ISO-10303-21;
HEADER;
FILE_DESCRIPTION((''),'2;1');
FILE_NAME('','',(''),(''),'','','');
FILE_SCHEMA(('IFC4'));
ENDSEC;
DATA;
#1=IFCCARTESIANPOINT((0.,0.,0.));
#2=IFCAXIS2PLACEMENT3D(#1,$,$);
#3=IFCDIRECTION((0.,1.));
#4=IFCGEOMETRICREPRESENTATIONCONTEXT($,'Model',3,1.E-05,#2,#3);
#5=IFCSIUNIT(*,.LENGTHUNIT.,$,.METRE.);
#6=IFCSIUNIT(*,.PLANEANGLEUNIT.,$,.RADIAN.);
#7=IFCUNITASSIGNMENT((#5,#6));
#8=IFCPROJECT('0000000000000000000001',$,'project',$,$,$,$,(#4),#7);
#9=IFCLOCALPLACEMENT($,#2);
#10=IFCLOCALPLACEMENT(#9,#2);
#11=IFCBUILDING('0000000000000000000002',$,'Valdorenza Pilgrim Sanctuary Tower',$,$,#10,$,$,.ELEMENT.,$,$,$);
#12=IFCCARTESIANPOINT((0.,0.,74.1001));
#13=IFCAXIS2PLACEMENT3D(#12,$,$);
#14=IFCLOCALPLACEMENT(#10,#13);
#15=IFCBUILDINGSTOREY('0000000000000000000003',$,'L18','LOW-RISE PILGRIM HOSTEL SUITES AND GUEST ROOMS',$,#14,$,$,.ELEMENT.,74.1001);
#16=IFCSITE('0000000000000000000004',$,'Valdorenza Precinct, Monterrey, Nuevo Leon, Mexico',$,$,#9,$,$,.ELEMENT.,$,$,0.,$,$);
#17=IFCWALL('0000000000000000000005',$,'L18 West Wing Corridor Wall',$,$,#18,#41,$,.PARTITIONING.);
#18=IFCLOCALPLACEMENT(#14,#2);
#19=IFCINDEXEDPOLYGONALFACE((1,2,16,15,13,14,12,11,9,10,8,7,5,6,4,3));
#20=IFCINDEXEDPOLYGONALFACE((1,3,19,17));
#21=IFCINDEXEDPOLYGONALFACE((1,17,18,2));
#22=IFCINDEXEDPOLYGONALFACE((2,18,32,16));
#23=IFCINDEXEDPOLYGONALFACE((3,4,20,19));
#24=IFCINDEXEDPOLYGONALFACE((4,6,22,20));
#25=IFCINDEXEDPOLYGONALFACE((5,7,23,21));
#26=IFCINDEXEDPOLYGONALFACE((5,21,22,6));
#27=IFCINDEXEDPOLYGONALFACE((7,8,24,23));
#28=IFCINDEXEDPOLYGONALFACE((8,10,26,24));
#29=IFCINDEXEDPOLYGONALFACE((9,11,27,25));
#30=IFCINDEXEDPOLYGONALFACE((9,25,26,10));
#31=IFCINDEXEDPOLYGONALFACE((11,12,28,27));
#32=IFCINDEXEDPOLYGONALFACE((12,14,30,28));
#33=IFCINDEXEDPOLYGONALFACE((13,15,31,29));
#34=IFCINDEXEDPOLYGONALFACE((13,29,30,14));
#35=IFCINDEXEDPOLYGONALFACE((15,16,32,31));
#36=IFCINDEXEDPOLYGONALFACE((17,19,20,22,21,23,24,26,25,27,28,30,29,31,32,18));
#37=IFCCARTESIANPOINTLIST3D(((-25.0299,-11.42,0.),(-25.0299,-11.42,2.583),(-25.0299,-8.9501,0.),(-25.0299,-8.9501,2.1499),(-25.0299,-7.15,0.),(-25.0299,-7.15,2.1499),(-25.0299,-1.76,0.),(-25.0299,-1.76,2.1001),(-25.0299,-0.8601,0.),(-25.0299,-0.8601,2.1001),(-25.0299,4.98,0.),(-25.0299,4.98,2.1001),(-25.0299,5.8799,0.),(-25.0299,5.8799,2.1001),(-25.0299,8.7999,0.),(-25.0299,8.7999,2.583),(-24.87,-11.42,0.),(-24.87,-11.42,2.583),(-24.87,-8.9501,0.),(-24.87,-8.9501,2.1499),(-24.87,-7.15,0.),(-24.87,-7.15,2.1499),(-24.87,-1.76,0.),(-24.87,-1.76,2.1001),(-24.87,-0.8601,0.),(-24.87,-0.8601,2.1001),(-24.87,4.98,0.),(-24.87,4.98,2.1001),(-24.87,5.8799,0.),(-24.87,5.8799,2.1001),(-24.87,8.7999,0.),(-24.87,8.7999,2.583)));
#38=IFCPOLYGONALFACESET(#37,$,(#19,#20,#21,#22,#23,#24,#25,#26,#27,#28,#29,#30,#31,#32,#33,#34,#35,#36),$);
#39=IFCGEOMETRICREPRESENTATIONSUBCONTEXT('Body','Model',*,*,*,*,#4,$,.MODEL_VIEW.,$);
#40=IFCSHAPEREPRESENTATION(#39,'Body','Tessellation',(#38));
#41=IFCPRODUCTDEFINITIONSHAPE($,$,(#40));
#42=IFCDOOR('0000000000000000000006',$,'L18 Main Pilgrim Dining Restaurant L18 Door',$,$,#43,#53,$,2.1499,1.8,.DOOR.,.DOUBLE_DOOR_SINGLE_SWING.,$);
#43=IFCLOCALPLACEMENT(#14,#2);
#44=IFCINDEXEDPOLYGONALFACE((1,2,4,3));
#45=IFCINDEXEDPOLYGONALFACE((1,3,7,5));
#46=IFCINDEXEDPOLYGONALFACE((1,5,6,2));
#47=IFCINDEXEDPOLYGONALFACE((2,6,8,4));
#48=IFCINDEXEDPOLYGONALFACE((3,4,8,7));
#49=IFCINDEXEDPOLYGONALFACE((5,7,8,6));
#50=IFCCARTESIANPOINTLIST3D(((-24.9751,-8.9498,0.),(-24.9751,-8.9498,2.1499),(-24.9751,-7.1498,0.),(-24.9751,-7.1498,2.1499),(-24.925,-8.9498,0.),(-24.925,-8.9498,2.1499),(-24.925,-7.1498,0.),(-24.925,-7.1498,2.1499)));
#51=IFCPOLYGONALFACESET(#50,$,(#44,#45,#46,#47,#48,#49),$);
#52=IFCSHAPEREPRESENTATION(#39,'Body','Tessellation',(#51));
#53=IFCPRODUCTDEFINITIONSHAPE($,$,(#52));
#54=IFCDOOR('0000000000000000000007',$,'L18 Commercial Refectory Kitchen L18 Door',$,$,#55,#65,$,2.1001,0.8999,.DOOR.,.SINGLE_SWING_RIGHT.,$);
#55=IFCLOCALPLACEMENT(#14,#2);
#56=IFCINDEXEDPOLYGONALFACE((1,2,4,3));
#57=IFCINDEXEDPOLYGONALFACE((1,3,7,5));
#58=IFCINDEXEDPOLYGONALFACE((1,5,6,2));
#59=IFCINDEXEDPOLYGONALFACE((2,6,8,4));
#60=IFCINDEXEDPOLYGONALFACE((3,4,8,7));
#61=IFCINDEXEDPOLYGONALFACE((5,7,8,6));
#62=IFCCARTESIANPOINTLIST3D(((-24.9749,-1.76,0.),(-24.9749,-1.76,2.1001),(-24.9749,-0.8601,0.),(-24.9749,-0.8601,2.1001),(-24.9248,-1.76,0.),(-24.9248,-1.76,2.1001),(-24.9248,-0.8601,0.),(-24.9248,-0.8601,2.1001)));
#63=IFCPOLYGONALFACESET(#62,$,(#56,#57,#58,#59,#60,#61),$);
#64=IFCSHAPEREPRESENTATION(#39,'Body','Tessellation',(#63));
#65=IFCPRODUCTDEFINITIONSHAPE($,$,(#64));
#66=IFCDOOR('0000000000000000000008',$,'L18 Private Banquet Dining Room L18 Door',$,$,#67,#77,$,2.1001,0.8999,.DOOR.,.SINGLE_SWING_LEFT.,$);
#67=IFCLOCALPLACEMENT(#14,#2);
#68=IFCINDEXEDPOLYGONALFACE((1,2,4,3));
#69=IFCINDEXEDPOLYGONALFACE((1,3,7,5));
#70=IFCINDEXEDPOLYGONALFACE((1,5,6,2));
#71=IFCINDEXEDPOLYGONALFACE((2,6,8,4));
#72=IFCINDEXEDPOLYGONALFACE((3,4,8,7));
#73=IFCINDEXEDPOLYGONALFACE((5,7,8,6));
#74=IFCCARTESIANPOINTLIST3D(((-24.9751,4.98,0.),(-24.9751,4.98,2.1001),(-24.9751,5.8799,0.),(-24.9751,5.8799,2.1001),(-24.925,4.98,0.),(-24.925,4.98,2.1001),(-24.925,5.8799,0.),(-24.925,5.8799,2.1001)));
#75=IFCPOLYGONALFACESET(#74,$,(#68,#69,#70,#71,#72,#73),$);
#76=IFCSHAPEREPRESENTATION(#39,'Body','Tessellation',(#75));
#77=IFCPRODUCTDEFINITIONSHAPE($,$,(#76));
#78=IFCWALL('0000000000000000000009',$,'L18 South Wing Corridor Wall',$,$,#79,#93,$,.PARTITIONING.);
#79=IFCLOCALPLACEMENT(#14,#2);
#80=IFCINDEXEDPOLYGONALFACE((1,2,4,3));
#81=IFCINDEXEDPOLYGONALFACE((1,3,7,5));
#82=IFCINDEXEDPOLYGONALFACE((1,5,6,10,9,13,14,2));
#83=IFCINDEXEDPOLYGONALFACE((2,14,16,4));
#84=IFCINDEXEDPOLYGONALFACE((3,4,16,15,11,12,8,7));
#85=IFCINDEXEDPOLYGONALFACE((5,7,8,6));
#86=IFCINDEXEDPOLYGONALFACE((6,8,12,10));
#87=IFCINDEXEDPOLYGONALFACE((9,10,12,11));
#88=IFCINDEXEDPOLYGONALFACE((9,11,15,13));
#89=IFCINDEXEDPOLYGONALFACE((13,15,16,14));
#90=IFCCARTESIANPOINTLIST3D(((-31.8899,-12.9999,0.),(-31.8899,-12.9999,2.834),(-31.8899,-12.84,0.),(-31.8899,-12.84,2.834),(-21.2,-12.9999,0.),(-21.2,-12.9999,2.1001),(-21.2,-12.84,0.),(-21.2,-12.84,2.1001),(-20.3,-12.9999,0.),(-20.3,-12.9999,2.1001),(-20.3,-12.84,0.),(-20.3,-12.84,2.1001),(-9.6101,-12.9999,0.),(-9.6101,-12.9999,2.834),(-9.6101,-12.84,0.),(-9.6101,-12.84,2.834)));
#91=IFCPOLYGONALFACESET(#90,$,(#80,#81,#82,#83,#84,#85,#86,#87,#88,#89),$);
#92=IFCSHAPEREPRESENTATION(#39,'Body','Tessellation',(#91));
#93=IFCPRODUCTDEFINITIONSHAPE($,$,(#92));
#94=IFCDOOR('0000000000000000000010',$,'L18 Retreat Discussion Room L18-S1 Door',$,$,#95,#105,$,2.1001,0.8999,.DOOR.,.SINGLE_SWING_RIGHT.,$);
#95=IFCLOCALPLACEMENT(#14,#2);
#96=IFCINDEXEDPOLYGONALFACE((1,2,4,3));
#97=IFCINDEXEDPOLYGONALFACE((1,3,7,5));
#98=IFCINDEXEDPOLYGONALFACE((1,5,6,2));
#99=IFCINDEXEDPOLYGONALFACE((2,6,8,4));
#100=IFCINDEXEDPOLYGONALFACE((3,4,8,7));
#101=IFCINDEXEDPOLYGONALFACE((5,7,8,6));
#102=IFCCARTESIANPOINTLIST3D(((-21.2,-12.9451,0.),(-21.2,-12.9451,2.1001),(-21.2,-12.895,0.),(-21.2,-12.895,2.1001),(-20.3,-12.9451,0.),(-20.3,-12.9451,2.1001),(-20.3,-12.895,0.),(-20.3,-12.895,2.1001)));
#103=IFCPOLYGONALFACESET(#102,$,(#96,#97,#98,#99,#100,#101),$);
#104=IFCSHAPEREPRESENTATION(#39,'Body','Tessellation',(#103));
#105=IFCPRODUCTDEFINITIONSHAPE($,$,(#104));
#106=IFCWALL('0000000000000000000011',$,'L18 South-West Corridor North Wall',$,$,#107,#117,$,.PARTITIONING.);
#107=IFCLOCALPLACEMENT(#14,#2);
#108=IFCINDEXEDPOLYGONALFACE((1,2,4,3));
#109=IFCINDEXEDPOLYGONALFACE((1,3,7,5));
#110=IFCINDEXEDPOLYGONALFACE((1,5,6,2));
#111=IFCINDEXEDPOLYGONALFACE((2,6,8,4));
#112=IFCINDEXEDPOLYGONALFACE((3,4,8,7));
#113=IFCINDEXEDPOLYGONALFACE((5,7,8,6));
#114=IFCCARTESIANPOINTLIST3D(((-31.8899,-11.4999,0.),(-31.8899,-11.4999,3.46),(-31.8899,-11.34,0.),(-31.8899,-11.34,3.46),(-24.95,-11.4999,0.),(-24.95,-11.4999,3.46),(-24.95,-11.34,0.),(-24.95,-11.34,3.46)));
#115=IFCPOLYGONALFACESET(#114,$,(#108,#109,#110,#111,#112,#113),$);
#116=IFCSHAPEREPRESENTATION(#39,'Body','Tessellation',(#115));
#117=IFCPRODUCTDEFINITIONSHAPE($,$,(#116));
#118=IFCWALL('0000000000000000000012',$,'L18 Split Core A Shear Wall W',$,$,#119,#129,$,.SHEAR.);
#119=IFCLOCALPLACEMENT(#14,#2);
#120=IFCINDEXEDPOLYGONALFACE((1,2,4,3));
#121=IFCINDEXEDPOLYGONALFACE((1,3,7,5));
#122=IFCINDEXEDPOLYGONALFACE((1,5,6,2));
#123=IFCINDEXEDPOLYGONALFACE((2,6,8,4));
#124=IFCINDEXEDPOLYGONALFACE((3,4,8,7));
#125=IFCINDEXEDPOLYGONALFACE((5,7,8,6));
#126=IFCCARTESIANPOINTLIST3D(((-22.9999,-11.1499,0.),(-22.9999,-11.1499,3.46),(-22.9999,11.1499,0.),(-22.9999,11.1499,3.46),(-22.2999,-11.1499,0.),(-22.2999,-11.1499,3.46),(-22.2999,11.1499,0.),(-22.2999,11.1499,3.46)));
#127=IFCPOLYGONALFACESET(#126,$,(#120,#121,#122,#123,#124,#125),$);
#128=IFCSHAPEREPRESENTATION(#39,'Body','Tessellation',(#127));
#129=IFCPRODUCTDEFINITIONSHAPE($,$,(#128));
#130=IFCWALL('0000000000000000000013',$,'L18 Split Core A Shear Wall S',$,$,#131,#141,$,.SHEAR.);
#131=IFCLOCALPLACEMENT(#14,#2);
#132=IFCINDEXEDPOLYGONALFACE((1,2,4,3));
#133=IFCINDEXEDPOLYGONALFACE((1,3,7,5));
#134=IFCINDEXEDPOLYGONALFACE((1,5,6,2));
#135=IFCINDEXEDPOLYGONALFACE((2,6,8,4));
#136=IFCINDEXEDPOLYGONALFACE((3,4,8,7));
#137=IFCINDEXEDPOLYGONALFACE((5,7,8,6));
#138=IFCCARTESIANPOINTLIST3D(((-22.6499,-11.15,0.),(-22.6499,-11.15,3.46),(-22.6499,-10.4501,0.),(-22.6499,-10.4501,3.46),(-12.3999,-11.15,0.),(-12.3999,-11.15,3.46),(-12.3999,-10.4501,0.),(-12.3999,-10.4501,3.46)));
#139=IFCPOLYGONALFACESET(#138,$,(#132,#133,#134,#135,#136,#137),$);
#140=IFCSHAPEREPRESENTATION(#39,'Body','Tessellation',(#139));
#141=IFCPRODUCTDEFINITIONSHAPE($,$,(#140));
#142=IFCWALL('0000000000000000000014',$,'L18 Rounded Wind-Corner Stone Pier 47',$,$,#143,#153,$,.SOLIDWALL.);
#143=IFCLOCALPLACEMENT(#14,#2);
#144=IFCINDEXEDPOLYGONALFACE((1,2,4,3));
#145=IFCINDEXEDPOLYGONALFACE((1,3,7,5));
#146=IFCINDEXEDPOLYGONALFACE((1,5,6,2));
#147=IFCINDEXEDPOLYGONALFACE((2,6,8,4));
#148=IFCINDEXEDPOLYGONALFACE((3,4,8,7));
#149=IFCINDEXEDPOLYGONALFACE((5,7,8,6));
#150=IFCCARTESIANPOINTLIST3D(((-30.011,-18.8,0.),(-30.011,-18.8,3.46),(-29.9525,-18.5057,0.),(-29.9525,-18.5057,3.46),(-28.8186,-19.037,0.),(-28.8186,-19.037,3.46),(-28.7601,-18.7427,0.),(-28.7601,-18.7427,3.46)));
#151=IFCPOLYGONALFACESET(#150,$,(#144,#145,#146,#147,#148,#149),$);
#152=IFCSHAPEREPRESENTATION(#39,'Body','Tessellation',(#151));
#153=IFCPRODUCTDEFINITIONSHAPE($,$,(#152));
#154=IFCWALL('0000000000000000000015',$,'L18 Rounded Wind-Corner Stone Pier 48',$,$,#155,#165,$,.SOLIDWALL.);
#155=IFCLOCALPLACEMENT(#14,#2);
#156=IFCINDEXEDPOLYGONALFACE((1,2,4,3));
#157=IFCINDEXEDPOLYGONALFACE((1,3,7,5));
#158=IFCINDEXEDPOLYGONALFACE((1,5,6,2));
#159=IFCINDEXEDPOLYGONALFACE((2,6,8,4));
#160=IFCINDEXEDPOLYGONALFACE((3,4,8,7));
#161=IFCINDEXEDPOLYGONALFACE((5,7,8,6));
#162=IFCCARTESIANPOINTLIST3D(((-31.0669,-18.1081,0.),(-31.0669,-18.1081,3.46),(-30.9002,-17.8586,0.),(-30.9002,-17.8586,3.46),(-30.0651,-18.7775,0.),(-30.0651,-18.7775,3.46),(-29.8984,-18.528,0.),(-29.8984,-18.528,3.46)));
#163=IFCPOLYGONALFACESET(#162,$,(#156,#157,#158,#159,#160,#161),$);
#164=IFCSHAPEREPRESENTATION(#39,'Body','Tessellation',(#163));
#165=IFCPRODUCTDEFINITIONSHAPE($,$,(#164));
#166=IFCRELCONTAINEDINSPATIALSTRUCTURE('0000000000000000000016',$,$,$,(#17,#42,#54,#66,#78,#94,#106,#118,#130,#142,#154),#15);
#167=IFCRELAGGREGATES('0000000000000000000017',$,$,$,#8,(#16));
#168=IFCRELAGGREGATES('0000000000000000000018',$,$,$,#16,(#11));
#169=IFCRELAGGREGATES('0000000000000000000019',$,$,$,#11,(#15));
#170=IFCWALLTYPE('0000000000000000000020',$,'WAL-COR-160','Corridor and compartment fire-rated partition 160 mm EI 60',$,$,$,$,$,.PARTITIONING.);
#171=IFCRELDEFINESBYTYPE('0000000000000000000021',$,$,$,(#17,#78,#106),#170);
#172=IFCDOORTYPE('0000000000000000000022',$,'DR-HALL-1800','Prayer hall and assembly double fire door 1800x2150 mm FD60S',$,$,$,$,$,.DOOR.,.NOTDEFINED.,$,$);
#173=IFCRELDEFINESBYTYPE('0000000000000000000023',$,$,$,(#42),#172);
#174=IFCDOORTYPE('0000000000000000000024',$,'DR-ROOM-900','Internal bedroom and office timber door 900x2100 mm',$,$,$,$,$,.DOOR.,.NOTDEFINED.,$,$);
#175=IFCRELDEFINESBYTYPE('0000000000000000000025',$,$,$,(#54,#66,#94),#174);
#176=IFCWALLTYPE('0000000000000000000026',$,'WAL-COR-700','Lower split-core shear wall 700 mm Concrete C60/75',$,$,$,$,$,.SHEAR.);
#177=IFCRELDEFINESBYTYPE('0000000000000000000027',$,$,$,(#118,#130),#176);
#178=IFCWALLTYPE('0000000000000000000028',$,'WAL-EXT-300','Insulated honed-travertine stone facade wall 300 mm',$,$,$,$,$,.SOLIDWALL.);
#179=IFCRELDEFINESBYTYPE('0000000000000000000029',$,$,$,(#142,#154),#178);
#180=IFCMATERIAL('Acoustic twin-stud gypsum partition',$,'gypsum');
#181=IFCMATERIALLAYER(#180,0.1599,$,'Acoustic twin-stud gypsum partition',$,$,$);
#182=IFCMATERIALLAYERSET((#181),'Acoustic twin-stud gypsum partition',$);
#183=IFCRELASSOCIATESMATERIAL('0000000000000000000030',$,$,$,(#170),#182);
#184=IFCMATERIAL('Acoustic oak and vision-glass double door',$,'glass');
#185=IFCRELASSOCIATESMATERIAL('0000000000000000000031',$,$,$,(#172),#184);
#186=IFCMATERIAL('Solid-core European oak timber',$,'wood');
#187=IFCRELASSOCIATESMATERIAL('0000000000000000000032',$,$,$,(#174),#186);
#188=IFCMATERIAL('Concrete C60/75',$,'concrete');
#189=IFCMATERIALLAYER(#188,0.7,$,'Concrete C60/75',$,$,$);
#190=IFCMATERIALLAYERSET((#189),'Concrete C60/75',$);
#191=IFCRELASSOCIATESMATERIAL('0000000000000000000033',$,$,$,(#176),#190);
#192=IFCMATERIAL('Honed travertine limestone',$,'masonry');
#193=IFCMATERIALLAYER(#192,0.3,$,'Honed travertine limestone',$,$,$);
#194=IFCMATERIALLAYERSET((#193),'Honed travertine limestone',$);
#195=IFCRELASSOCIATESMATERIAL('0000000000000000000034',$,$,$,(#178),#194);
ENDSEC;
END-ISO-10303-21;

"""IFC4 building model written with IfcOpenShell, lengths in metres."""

from ifc_helpers import new_model, si_unit, direction, frame, frame_2d, origin, place, context, subcontext, project, spatial, rectangle, extrude, material, layer, layer_set, type_object, element, fill, save


model = new_model("IFC4")

# Units and contexts
model_context = context("Model", 3, precision=1e-05, world=origin(), true_north=direction((0.0, 1.0)))
body_context = subcontext(model_context, "Body", "Model", "MODEL_VIEW")
ifc_project = project(units=[si_unit("LENGTHUNIT", "METRE"), si_unit("PLANEANGLEUNIT", "RADIAN")], contexts=[model_context])

# Site, building, storey
site_placement = place(None, origin())
site = spatial("IfcSite", under=ifc_project, at=site_placement, Name="Valdorenza Precinct, Monterrey, Nuevo Leon, Mexico", CompositionType="ELEMENT", RefElevation=0.0)
building_placement = place(site_placement, origin())
building = spatial("IfcBuilding", under=site, at=building_placement, Name="Valdorenza Pilgrim Sanctuary Tower", CompositionType="ELEMENT")
storey_placement = place(building_placement, frame((0.0, 0.0, 74.1001)))
storey = spatial("IfcBuildingStorey", under=building, at=storey_placement, Name="L18", Description="LOW-RISE PILGRIM HOSTEL SUITES AND GUEST ROOMS", CompositionType="ELEMENT", Elevation=74.1001)

# Shared definitions
ifc_material_1 = material(Name="Concrete C60/75", Category="concrete")

# Shared definitions
ifc_material_2 = material(Name="Honed travertine limestone", Category="masonry")

# Wall, openings, doors
ifc_material_3 = material(Name="Acoustic twin-stud gypsum partition", Category="gypsum")
ifc_layer_1 = layer(ifc_material_3, 0.1599, Name="Acoustic twin-stud gypsum partition")
ifc_layer_set_1 = layer_set([ifc_layer_1], Name="Acoustic twin-stud gypsum partition")
wall_type_1 = type_object("IfcWallType", Name="WAL-COR-160", Description="Corridor and compartment fire-rated partition 160 mm EI 60", PredefinedType="PARTITIONING", material=ifc_layer_set_1)
wall_1_placement = place(storey_placement, frame((-24.95, -11.4199, 0.0), z_axis=(0.0, 0.0, 1.0), x_axis=(0.0, 1.0, 0.0)))
wall_1 = element("IfcWall", 1, at=wall_1_placement, inside=storey, type_object=wall_type_1, Name="L18 West Wing Corridor Wall", PredefinedType="PARTITIONING", context=body_context, shape_type="SweptSolid", body=[
    extrude(rectangle(XDim=20.22, YDim=0.1599, at=frame_2d((10.1099, 0.0))), origin(), (0.0, 0.0, 1.0), 2.583),
])
opening_1_placement = place(wall_1_placement, frame((2.47, 0.0, 0.0)))
opening_1 = element("IfcOpeningElement", 2, at=opening_1_placement, cuts=wall_1, PredefinedType="OPENING", context=body_context, shape_type="SweptSolid", body=[
    extrude(rectangle(XDim=1.8, YDim=2.1499, at=frame_2d((0.8999, 1.075))), frame((0.0, 0.0947, 0.0), z_axis=(0.0, -1.0, 0.0), x_axis=(1.0, 0.0, 0.0)), (0.0, 0.0, 1.0), 0.1897),
])
opening_2_placement = place(wall_1_placement, frame((9.6599, 0.0, 0.0)))
opening_2 = element("IfcOpeningElement", 3, at=opening_2_placement, cuts=wall_1, PredefinedType="OPENING", context=body_context, shape_type="SweptSolid", body=[
    extrude(rectangle(XDim=0.8999, YDim=2.1001, at=frame_2d((0.45, 1.05))), frame((0.0, 0.0947, 0.0), z_axis=(0.0, -1.0, 0.0), x_axis=(1.0, 0.0, 0.0)), (0.0, 0.0, 1.0), 0.1897),
])
opening_3_placement = place(wall_1_placement, frame((16.3999, 0.0, 0.0)))
opening_3 = element("IfcOpeningElement", 4, at=opening_3_placement, cuts=wall_1, PredefinedType="OPENING", context=body_context, shape_type="SweptSolid", body=[
    extrude(rectangle(XDim=0.8999, YDim=2.1001, at=frame_2d((0.45, 1.05))), frame((0.0, 0.0947, 0.0), z_axis=(0.0, -1.0, 0.0), x_axis=(1.0, 0.0, 0.0)), (0.0, 0.0, 1.0), 0.1897),
])
ifc_material_4 = material(Name="Acoustic oak and vision-glass double door", Category="glass")
door_type_1 = type_object("IfcDoorType", Name="DR-HALL-1800", Description="Prayer hall and assembly double fire door 1800x2150 mm FD60S", OperationType="NOTDEFINED", PredefinedType="DOOR", material=ifc_material_4)
door_1_placement = place(opening_1_placement, frame((1.8, 0.0, 0.0), z_axis=(0.0, 0.0, 1.0), x_axis=(-1.0, 0.0, 0.0)))
door_1 = element("IfcDoor", 5, at=door_1_placement, inside=storey, type_object=door_type_1, Name="L18 Main Pilgrim Dining Restaurant L18 Door", OperationType="DOUBLE_DOOR_SINGLE_SWING", OverallHeight=2.1499, OverallWidth=1.8, PredefinedType="DOOR", context=body_context, shape_type="SweptSolid", body=[
    extrude(rectangle(XDim=1.8, YDim=2.1499, at=frame_2d((0.8999, 1.075))), frame((0.0, 0.0249, 0.0), z_axis=(0.0, -1.0, 0.0), x_axis=(1.0, 0.0, 0.0)), (0.0, 0.0, 1.0), 0.05),
])
fill(opening_1, door_1)
ifc_material_5 = material(Name="Solid-core European oak timber", Category="wood")
door_type_2 = type_object("IfcDoorType", Name="DR-ROOM-900", Description="Internal bedroom and office timber door 900x2100 mm", OperationType="NOTDEFINED", PredefinedType="DOOR", material=ifc_material_5)
door_2_placement = place(opening_2_placement, origin())
door_2 = element("IfcDoor", 6, at=door_2_placement, inside=storey, type_object=door_type_2, Name="L18 Commercial Refectory Kitchen L18 Door", OperationType="SINGLE_SWING_RIGHT", OverallHeight=2.1001, OverallWidth=0.8999, PredefinedType="DOOR", context=body_context, shape_type="SweptSolid", body=[
    extrude(rectangle(XDim=0.8999, YDim=2.1001, at=frame_2d((0.45, 1.05))), frame((0.0, 0.0249, 0.0), z_axis=(0.0, -1.0, 0.0), x_axis=(1.0, 0.0, 0.0)), (0.0, 0.0, 1.0), 0.05),
])
fill(opening_2, door_2)
door_3_placement = place(opening_3_placement, frame((0.8999, 0.0, 0.0), z_axis=(0.0, 0.0, 1.0), x_axis=(-1.0, 0.0, 0.0)))
door_3 = element("IfcDoor", 7, at=door_3_placement, inside=storey, type_object=door_type_2, Name="L18 Private Banquet Dining Room L18 Door", OperationType="SINGLE_SWING_LEFT", OverallHeight=2.1001, OverallWidth=0.8999, PredefinedType="DOOR", context=body_context, shape_type="SweptSolid", body=[
    extrude(rectangle(XDim=0.8999, YDim=2.1001, at=frame_2d((0.45, 1.05))), frame((0.0, 0.0249, 0.0), z_axis=(0.0, -1.0, 0.0), x_axis=(1.0, 0.0, 0.0)), (0.0, 0.0, 1.0), 0.05),
])
fill(opening_3, door_3)

# Wall, opening, door
wall_2_placement = place(storey_placement, frame((-31.8899, -12.9199, 0.0), z_axis=(0.0, 0.0, 1.0), x_axis=(1.0, 0.0, 0.0)))
wall_2 = element("IfcWall", 8, at=wall_2_placement, inside=storey, type_object=wall_type_1, Name="L18 South Wing Corridor Wall", PredefinedType="PARTITIONING", context=body_context, shape_type="SweptSolid", body=[
    extrude(rectangle(XDim=22.2798, YDim=0.1599, at=frame_2d((11.1399, 0.0))), origin(), (0.0, 0.0, 1.0), 2.834),
])
opening_4_placement = place(wall_2_placement, frame((10.6899, 0.0, 0.0)))
opening_4 = element("IfcOpeningElement", 9, at=opening_4_placement, cuts=wall_2, PredefinedType="OPENING", context=body_context, shape_type="SweptSolid", body=[
    extrude(rectangle(XDim=0.8999, YDim=2.1001, at=frame_2d((0.45, 1.05))), frame((0.0, 0.0947, 0.0), z_axis=(0.0, -1.0, 0.0), x_axis=(1.0, 0.0, 0.0)), (0.0, 0.0, 1.0), 0.1897),
])
door_4_placement = place(opening_4_placement, origin())
door_4 = element("IfcDoor", 10, at=door_4_placement, inside=storey, type_object=door_type_2, Name="L18 Retreat Discussion Room L18-S1 Door", OperationType="SINGLE_SWING_RIGHT", OverallHeight=2.1001, OverallWidth=0.8999, PredefinedType="DOOR", context=body_context, shape_type="SweptSolid", body=[
    extrude(rectangle(XDim=0.8999, YDim=2.1001, at=frame_2d((0.45, 1.05))), frame((0.0, 0.0249, 0.0), z_axis=(0.0, -1.0, 0.0), x_axis=(1.0, 0.0, 0.0)), (0.0, 0.0, 1.0), 0.05),
])
fill(opening_4, door_4)

# Walls
wall_3_placement = place(storey_placement, frame((-31.8899, -11.4199, 0.0), z_axis=(0.0, 0.0, 1.0), x_axis=(1.0, 0.0, 0.0)))
element("IfcWall", 11, at=wall_3_placement, inside=storey, type_object=wall_type_1, Name="L18 South-West Corridor North Wall", PredefinedType="PARTITIONING", context=body_context, shape_type="SweptSolid", body=[
    extrude(rectangle(XDim=6.9399, YDim=0.1599, at=frame_2d((3.47, 0.0))), origin(), (0.0, 0.0, 1.0), 3.46),
])
ifc_layer_2 = layer(ifc_material_1, 0.7, Name="Concrete C60/75")
ifc_layer_set_2 = layer_set([ifc_layer_2], Name="Concrete C60/75")
wall_type_2 = type_object("IfcWallType", Name="WAL-COR-700", Description="Lower split-core shear wall 700 mm Concrete C60/75", PredefinedType="SHEAR", material=ifc_layer_set_2)
wall_4_placement = place(storey_placement, frame((-22.6499, -11.1499, 0.0), z_axis=(0.0, 0.0, 1.0), x_axis=(0.0, 1.0, 0.0)))
element("IfcWall", 12, at=wall_4_placement, inside=storey, type_object=wall_type_2, Name="L18 Split Core A Shear Wall W", PredefinedType="SHEAR", context=body_context, shape_type="SweptSolid", body=[
    extrude(rectangle(XDim=22.2998, YDim=0.7, at=frame_2d((11.1499, 0.0))), origin(), (0.0, 0.0, 1.0), 3.46),
])
wall_5_placement = place(storey_placement, frame((-22.6499, -10.8, 0.0), z_axis=(0.0, 0.0, 1.0), x_axis=(1.0, 0.0, 0.0)))
element("IfcWall", 13, at=wall_5_placement, inside=storey, type_object=wall_type_2, Name="L18 Split Core A Shear Wall S", PredefinedType="SHEAR", context=body_context, shape_type="SweptSolid", body=[
    extrude(rectangle(XDim=10.25, YDim=0.7, at=frame_2d((5.125, 0.0))), origin(), (0.0, 0.0, 1.0), 3.46),
])
ifc_layer_3 = layer(ifc_material_2, 0.3, Name="Honed travertine limestone")
ifc_layer_set_3 = layer_set([ifc_layer_3], Name="Honed travertine limestone")
wall_type_3 = type_object("IfcWallType", Name="WAL-EXT-300", Description="Insulated honed-travertine stone facade wall 300 mm", PredefinedType="SOLIDWALL", material=ifc_layer_set_3)
wall_6_placement = place(storey_placement, frame((-28.7893, -18.8899, 0.0), z_axis=(0.0, 0.0, 1.0), x_axis=(-0.980804, 0.194996, 0.0)))
element("IfcWall", 14, at=wall_6_placement, inside=storey, type_object=wall_type_3, Name="L18 Rounded Wind-Corner Stone Pier 47", PredefinedType="SOLIDWALL", context=body_context, shape_type="SweptSolid", body=[
    extrude(rectangle(XDim=1.2158, YDim=0.3, at=frame_2d((0.6079, 0.0))), origin(), (0.0, 0.0, 1.0), 3.46),
])
for number, where, z_axis, x_axis, name in (
    (15, (-29.9817, -18.6528, 0.0), (0.0, 0.0, 1.0), (-0.831426, 0.555635, 0.0), "L18 Rounded Wind-Corner Stone Pier 48"),
):
    element("IfcWall", number, at=place(storey_placement, frame(where, z_axis=z_axis, x_axis=x_axis)), inside=storey, type_object=wall_type_3, Name=name, PredefinedType="SOLIDWALL", context=body_context, shape_type="SweptSolid", body=[
        extrude(rectangle(XDim=1.2048, YDim=0.3, at=frame_2d((0.6025, 0.0))), origin(), (0.0, 0.0, 1.0), 3.46),
    ])

save(model, "model.ifc")
